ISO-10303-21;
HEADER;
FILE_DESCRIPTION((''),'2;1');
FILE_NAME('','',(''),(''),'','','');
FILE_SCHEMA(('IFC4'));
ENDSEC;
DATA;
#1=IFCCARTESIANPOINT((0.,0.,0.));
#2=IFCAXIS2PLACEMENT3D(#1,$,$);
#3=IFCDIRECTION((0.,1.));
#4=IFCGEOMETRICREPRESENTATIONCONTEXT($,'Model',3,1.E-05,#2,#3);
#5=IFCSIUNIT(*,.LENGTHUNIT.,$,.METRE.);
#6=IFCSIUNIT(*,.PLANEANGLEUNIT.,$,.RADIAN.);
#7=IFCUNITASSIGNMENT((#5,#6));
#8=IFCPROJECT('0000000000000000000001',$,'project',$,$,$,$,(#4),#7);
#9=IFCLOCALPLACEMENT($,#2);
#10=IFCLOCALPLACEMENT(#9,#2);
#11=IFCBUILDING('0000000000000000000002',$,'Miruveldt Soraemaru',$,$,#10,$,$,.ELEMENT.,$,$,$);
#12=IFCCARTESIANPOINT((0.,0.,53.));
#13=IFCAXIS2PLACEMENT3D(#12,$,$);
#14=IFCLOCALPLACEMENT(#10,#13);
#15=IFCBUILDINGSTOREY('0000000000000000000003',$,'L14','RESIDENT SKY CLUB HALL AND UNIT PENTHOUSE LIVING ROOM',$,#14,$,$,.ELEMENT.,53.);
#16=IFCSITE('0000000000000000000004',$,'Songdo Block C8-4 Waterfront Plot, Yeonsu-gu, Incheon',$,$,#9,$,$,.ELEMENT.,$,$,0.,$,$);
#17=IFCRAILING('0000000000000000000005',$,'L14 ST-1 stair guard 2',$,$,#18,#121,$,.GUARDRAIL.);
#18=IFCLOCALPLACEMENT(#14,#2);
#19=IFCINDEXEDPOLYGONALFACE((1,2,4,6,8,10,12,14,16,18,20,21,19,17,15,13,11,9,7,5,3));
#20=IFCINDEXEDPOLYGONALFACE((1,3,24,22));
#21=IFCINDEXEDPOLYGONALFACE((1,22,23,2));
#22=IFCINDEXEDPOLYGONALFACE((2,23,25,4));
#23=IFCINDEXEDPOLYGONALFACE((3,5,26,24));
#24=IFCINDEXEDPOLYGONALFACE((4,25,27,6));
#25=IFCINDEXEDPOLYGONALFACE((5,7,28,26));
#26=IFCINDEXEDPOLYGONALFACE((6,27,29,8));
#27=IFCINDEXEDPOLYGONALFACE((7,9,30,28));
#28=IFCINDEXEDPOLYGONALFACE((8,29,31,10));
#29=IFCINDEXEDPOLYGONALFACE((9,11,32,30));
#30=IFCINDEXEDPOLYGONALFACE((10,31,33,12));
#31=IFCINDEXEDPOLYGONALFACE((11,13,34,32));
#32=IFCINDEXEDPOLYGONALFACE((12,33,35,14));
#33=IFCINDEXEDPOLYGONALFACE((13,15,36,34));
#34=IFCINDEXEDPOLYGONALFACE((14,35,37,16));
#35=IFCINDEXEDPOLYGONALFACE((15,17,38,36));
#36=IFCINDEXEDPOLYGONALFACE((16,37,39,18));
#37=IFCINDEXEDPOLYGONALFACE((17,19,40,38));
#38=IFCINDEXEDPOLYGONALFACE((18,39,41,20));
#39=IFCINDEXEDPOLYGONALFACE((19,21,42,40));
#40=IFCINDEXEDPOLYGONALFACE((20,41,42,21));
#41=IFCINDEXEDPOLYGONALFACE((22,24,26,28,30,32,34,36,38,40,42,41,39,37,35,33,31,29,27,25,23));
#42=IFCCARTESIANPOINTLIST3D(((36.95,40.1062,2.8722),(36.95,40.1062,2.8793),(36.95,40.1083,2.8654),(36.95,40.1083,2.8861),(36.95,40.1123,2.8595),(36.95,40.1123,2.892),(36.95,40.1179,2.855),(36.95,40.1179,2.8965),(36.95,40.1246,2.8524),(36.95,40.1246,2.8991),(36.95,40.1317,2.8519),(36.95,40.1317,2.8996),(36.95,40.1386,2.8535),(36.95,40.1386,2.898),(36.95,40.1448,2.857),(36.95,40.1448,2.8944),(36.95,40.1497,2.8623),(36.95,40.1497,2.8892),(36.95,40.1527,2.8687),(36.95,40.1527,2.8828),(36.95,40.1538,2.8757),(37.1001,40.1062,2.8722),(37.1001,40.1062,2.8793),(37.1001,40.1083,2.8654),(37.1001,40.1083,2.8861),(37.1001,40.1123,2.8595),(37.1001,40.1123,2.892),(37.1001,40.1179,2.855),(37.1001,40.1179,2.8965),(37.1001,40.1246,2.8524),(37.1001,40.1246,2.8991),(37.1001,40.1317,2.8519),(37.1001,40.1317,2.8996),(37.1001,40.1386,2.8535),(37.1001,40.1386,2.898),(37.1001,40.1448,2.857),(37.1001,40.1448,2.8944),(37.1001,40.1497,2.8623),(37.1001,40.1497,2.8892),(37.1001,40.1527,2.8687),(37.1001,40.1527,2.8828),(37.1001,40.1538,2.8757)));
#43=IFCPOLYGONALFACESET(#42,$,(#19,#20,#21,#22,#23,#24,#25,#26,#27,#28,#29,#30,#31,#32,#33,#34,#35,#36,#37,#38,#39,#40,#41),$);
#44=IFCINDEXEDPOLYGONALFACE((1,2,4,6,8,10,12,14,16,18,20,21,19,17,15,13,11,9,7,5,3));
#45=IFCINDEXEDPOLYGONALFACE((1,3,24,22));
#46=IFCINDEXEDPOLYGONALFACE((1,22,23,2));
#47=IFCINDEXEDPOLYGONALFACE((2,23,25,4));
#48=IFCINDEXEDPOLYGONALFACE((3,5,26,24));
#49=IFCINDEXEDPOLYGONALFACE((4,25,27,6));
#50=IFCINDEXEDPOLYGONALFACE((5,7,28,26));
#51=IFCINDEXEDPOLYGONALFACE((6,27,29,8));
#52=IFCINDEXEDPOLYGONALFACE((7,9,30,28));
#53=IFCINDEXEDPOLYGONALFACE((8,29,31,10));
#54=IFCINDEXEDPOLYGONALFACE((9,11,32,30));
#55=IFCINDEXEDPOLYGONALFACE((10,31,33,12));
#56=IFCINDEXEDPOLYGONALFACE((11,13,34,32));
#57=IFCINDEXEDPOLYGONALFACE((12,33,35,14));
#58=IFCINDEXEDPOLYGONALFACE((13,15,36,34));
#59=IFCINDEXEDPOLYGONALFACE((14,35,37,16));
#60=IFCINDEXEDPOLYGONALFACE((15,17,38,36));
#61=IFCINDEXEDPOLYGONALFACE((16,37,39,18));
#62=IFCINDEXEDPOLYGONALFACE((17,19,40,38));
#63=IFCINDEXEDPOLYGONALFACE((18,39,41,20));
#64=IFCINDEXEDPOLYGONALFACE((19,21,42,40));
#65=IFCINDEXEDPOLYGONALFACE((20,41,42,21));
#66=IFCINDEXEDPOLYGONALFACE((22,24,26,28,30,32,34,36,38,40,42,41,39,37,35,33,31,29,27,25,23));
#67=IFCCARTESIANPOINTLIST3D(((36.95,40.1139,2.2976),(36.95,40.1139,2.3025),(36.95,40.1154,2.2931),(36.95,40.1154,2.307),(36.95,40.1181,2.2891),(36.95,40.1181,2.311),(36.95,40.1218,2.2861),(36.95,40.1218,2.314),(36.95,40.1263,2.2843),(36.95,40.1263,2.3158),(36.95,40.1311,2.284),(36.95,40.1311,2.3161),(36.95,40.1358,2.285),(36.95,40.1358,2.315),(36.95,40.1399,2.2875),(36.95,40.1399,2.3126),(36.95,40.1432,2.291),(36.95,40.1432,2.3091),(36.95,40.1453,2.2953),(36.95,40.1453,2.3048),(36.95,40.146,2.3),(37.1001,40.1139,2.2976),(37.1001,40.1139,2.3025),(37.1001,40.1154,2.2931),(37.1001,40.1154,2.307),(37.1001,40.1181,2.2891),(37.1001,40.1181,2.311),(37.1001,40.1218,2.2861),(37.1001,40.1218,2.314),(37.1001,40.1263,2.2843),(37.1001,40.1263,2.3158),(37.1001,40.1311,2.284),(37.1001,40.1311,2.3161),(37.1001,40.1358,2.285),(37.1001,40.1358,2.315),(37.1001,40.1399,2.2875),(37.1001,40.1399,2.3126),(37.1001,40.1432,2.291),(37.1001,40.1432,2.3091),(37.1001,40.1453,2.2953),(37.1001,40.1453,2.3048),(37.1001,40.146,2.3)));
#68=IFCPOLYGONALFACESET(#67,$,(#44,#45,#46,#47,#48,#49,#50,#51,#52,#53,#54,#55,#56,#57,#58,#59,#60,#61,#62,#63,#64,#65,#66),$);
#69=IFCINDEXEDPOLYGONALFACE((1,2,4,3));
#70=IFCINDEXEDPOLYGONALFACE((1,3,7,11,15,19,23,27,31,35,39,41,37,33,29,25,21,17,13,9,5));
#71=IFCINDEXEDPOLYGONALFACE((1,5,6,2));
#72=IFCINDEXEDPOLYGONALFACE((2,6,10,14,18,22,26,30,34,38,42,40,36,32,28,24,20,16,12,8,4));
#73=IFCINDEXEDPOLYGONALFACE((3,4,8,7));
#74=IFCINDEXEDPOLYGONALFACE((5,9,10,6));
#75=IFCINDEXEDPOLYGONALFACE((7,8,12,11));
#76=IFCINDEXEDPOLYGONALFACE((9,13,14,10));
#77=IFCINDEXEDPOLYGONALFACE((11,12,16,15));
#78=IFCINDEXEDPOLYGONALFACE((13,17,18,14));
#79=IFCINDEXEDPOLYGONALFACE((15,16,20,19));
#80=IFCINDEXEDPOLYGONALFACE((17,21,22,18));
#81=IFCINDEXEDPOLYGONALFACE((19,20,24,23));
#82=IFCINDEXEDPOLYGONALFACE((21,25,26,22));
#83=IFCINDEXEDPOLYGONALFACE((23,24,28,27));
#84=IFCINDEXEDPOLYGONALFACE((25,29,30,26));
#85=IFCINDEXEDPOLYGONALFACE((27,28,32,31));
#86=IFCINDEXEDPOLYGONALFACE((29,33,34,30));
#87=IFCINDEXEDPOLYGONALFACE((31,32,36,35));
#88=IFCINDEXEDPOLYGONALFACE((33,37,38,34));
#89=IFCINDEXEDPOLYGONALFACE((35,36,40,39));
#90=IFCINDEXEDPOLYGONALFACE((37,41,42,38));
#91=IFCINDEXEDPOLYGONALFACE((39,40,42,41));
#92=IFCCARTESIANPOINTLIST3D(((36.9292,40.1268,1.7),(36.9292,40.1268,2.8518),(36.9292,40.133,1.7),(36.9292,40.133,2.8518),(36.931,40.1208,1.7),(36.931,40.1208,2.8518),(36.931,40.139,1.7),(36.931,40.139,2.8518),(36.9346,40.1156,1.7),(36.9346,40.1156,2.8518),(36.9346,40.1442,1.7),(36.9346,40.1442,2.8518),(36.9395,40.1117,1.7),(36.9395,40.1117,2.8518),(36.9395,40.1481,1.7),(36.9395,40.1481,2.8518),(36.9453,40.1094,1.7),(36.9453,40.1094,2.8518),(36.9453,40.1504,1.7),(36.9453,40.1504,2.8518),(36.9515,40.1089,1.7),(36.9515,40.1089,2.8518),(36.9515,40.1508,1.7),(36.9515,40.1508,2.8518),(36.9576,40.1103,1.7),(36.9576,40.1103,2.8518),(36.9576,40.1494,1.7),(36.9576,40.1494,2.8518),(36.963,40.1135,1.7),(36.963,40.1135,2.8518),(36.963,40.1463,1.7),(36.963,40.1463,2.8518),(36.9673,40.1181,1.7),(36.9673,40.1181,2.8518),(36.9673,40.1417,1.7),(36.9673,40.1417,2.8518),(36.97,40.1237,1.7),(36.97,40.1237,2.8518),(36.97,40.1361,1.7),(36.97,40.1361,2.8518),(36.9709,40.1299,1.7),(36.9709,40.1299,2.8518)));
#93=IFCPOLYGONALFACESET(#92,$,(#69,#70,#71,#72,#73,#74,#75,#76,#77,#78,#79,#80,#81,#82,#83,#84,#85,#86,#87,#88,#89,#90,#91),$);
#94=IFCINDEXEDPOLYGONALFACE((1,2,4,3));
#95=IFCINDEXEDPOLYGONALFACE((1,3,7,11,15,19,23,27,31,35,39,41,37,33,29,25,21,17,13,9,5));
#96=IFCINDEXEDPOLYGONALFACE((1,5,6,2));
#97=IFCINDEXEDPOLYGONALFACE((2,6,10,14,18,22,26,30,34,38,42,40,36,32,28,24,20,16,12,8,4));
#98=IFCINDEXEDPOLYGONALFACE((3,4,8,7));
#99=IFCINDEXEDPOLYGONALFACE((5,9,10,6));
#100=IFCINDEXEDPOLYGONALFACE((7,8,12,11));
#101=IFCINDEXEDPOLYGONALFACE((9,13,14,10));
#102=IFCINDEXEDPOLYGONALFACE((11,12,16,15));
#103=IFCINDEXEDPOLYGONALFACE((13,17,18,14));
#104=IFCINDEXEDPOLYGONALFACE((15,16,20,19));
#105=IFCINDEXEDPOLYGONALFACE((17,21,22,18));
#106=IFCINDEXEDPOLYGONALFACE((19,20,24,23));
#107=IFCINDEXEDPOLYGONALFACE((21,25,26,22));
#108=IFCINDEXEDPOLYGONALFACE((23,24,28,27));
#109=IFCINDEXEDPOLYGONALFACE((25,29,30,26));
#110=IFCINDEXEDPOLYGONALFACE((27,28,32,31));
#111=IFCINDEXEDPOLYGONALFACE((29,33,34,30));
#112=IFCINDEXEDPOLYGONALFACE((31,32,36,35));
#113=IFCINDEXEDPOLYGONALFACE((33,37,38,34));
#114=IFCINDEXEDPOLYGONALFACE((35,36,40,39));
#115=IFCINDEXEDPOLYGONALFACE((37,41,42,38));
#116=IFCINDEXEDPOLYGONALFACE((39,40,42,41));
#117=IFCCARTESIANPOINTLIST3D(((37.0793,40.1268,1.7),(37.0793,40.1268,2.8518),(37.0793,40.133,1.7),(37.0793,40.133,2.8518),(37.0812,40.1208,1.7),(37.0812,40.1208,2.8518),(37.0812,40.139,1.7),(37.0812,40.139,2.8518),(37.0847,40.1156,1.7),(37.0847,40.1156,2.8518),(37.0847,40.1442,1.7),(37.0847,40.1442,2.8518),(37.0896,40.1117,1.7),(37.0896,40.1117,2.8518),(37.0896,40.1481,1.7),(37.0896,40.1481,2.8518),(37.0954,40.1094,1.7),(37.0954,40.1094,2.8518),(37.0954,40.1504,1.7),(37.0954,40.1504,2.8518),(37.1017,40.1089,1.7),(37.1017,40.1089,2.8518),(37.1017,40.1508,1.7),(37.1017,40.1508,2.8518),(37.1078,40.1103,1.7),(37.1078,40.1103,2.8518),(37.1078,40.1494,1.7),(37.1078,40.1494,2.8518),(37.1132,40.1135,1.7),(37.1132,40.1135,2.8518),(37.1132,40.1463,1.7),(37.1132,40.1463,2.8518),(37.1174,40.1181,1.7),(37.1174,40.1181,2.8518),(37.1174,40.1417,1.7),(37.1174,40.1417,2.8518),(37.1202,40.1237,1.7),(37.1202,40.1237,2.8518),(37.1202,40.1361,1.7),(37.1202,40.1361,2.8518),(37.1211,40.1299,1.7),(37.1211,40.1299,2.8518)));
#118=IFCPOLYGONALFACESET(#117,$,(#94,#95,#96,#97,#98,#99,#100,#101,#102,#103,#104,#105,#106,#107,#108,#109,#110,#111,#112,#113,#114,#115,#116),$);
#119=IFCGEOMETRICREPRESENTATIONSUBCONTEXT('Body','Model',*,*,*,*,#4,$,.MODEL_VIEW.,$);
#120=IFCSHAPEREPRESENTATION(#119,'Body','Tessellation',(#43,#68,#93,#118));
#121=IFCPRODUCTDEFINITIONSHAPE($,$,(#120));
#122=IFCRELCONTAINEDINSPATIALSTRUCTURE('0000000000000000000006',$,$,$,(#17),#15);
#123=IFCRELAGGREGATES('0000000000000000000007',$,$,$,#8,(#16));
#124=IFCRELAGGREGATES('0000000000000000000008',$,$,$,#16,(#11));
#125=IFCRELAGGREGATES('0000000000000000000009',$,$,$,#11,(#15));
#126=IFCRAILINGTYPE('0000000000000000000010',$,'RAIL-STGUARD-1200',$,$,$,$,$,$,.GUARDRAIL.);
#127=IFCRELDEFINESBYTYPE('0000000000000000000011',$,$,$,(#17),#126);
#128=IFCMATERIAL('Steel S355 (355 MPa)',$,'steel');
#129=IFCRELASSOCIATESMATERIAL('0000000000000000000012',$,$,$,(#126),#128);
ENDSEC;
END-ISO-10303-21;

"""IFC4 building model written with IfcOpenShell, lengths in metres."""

from ifc_helpers import new_model, si_unit, direction, frame, origin, origin_2d, place, context, subcontext, project, spatial, circle, extrude, material, type_object, element, save


model = new_model("IFC4")

# Units and contexts
model_context = context("Model", 3, precision=1e-05, world=origin(), true_north=direction((0.0, 1.0)))
body_context = subcontext(model_context, "Body", "Model", "MODEL_VIEW")
ifc_project = project(units=[si_unit("LENGTHUNIT", "METRE"), si_unit("PLANEANGLEUNIT", "RADIAN")], contexts=[model_context])

# Site, building, storey
site_placement = place(None, origin())
site = spatial("IfcSite", under=ifc_project, at=site_placement, Name="Songdo Block C8-4 Waterfront Plot, Yeonsu-gu, Incheon", CompositionType="ELEMENT", RefElevation=0.0)
building_placement = place(site_placement, origin())
building = spatial("IfcBuilding", under=site, at=building_placement, Name="Miruveldt Soraemaru", CompositionType="ELEMENT")
storey_placement = place(building_placement, frame((0.0, 0.0, 53.0)))
storey = spatial("IfcBuildingStorey", under=building, at=storey_placement, Name="L14", Description="RESIDENT SKY CLUB HALL AND UNIT PENTHOUSE LIVING ROOM", CompositionType="ELEMENT", Elevation=53.0)

# Railing
ifc_material_1 = material(Name="Steel S355 (355 MPa)", Category="steel")
railing_type_1 = type_object("IfcRailingType", Name="RAIL-STGUARD-1200", PredefinedType="GUARDRAIL", material=ifc_material_1)
railing_1_placement = place(storey_placement, frame((36.95, 40.1299, 1.7)))
element("IfcRailing", 1, at=railing_1_placement, inside=storey, type_object=railing_type_1, Name="L14 ST-1 stair guard 2", PredefinedType="GUARDRAIL", context=body_context, shape_type="SweptSolid", body=[
    extrude(circle(Radius=0.0239, at=origin_2d()), frame((0.0, 0.0, 1.1758), z_axis=(1.0, 0.0, 0.0), x_axis=(0.0, 1.0, 0.0)), (0.0, 0.0, 1.0), 0.1501),
    extrude(circle(Radius=0.0161, at=origin_2d()), frame((0.0, 0.0, 0.6001), z_axis=(1.0, 0.0, 0.0), x_axis=(0.0, 1.0, 0.0)), (0.0, 0.0, 1.0), 0.1501),
    extrude(circle(Radius=0.021, at=origin_2d()), origin(), (0.0, 0.0, 1.0), 1.1519),
    extrude(circle(Radius=0.021, at=origin_2d()), frame((0.1501, 0.0, 0.0)), (0.0, 0.0, 1.0), 1.1519),
])

save(model, "model.ifc")
